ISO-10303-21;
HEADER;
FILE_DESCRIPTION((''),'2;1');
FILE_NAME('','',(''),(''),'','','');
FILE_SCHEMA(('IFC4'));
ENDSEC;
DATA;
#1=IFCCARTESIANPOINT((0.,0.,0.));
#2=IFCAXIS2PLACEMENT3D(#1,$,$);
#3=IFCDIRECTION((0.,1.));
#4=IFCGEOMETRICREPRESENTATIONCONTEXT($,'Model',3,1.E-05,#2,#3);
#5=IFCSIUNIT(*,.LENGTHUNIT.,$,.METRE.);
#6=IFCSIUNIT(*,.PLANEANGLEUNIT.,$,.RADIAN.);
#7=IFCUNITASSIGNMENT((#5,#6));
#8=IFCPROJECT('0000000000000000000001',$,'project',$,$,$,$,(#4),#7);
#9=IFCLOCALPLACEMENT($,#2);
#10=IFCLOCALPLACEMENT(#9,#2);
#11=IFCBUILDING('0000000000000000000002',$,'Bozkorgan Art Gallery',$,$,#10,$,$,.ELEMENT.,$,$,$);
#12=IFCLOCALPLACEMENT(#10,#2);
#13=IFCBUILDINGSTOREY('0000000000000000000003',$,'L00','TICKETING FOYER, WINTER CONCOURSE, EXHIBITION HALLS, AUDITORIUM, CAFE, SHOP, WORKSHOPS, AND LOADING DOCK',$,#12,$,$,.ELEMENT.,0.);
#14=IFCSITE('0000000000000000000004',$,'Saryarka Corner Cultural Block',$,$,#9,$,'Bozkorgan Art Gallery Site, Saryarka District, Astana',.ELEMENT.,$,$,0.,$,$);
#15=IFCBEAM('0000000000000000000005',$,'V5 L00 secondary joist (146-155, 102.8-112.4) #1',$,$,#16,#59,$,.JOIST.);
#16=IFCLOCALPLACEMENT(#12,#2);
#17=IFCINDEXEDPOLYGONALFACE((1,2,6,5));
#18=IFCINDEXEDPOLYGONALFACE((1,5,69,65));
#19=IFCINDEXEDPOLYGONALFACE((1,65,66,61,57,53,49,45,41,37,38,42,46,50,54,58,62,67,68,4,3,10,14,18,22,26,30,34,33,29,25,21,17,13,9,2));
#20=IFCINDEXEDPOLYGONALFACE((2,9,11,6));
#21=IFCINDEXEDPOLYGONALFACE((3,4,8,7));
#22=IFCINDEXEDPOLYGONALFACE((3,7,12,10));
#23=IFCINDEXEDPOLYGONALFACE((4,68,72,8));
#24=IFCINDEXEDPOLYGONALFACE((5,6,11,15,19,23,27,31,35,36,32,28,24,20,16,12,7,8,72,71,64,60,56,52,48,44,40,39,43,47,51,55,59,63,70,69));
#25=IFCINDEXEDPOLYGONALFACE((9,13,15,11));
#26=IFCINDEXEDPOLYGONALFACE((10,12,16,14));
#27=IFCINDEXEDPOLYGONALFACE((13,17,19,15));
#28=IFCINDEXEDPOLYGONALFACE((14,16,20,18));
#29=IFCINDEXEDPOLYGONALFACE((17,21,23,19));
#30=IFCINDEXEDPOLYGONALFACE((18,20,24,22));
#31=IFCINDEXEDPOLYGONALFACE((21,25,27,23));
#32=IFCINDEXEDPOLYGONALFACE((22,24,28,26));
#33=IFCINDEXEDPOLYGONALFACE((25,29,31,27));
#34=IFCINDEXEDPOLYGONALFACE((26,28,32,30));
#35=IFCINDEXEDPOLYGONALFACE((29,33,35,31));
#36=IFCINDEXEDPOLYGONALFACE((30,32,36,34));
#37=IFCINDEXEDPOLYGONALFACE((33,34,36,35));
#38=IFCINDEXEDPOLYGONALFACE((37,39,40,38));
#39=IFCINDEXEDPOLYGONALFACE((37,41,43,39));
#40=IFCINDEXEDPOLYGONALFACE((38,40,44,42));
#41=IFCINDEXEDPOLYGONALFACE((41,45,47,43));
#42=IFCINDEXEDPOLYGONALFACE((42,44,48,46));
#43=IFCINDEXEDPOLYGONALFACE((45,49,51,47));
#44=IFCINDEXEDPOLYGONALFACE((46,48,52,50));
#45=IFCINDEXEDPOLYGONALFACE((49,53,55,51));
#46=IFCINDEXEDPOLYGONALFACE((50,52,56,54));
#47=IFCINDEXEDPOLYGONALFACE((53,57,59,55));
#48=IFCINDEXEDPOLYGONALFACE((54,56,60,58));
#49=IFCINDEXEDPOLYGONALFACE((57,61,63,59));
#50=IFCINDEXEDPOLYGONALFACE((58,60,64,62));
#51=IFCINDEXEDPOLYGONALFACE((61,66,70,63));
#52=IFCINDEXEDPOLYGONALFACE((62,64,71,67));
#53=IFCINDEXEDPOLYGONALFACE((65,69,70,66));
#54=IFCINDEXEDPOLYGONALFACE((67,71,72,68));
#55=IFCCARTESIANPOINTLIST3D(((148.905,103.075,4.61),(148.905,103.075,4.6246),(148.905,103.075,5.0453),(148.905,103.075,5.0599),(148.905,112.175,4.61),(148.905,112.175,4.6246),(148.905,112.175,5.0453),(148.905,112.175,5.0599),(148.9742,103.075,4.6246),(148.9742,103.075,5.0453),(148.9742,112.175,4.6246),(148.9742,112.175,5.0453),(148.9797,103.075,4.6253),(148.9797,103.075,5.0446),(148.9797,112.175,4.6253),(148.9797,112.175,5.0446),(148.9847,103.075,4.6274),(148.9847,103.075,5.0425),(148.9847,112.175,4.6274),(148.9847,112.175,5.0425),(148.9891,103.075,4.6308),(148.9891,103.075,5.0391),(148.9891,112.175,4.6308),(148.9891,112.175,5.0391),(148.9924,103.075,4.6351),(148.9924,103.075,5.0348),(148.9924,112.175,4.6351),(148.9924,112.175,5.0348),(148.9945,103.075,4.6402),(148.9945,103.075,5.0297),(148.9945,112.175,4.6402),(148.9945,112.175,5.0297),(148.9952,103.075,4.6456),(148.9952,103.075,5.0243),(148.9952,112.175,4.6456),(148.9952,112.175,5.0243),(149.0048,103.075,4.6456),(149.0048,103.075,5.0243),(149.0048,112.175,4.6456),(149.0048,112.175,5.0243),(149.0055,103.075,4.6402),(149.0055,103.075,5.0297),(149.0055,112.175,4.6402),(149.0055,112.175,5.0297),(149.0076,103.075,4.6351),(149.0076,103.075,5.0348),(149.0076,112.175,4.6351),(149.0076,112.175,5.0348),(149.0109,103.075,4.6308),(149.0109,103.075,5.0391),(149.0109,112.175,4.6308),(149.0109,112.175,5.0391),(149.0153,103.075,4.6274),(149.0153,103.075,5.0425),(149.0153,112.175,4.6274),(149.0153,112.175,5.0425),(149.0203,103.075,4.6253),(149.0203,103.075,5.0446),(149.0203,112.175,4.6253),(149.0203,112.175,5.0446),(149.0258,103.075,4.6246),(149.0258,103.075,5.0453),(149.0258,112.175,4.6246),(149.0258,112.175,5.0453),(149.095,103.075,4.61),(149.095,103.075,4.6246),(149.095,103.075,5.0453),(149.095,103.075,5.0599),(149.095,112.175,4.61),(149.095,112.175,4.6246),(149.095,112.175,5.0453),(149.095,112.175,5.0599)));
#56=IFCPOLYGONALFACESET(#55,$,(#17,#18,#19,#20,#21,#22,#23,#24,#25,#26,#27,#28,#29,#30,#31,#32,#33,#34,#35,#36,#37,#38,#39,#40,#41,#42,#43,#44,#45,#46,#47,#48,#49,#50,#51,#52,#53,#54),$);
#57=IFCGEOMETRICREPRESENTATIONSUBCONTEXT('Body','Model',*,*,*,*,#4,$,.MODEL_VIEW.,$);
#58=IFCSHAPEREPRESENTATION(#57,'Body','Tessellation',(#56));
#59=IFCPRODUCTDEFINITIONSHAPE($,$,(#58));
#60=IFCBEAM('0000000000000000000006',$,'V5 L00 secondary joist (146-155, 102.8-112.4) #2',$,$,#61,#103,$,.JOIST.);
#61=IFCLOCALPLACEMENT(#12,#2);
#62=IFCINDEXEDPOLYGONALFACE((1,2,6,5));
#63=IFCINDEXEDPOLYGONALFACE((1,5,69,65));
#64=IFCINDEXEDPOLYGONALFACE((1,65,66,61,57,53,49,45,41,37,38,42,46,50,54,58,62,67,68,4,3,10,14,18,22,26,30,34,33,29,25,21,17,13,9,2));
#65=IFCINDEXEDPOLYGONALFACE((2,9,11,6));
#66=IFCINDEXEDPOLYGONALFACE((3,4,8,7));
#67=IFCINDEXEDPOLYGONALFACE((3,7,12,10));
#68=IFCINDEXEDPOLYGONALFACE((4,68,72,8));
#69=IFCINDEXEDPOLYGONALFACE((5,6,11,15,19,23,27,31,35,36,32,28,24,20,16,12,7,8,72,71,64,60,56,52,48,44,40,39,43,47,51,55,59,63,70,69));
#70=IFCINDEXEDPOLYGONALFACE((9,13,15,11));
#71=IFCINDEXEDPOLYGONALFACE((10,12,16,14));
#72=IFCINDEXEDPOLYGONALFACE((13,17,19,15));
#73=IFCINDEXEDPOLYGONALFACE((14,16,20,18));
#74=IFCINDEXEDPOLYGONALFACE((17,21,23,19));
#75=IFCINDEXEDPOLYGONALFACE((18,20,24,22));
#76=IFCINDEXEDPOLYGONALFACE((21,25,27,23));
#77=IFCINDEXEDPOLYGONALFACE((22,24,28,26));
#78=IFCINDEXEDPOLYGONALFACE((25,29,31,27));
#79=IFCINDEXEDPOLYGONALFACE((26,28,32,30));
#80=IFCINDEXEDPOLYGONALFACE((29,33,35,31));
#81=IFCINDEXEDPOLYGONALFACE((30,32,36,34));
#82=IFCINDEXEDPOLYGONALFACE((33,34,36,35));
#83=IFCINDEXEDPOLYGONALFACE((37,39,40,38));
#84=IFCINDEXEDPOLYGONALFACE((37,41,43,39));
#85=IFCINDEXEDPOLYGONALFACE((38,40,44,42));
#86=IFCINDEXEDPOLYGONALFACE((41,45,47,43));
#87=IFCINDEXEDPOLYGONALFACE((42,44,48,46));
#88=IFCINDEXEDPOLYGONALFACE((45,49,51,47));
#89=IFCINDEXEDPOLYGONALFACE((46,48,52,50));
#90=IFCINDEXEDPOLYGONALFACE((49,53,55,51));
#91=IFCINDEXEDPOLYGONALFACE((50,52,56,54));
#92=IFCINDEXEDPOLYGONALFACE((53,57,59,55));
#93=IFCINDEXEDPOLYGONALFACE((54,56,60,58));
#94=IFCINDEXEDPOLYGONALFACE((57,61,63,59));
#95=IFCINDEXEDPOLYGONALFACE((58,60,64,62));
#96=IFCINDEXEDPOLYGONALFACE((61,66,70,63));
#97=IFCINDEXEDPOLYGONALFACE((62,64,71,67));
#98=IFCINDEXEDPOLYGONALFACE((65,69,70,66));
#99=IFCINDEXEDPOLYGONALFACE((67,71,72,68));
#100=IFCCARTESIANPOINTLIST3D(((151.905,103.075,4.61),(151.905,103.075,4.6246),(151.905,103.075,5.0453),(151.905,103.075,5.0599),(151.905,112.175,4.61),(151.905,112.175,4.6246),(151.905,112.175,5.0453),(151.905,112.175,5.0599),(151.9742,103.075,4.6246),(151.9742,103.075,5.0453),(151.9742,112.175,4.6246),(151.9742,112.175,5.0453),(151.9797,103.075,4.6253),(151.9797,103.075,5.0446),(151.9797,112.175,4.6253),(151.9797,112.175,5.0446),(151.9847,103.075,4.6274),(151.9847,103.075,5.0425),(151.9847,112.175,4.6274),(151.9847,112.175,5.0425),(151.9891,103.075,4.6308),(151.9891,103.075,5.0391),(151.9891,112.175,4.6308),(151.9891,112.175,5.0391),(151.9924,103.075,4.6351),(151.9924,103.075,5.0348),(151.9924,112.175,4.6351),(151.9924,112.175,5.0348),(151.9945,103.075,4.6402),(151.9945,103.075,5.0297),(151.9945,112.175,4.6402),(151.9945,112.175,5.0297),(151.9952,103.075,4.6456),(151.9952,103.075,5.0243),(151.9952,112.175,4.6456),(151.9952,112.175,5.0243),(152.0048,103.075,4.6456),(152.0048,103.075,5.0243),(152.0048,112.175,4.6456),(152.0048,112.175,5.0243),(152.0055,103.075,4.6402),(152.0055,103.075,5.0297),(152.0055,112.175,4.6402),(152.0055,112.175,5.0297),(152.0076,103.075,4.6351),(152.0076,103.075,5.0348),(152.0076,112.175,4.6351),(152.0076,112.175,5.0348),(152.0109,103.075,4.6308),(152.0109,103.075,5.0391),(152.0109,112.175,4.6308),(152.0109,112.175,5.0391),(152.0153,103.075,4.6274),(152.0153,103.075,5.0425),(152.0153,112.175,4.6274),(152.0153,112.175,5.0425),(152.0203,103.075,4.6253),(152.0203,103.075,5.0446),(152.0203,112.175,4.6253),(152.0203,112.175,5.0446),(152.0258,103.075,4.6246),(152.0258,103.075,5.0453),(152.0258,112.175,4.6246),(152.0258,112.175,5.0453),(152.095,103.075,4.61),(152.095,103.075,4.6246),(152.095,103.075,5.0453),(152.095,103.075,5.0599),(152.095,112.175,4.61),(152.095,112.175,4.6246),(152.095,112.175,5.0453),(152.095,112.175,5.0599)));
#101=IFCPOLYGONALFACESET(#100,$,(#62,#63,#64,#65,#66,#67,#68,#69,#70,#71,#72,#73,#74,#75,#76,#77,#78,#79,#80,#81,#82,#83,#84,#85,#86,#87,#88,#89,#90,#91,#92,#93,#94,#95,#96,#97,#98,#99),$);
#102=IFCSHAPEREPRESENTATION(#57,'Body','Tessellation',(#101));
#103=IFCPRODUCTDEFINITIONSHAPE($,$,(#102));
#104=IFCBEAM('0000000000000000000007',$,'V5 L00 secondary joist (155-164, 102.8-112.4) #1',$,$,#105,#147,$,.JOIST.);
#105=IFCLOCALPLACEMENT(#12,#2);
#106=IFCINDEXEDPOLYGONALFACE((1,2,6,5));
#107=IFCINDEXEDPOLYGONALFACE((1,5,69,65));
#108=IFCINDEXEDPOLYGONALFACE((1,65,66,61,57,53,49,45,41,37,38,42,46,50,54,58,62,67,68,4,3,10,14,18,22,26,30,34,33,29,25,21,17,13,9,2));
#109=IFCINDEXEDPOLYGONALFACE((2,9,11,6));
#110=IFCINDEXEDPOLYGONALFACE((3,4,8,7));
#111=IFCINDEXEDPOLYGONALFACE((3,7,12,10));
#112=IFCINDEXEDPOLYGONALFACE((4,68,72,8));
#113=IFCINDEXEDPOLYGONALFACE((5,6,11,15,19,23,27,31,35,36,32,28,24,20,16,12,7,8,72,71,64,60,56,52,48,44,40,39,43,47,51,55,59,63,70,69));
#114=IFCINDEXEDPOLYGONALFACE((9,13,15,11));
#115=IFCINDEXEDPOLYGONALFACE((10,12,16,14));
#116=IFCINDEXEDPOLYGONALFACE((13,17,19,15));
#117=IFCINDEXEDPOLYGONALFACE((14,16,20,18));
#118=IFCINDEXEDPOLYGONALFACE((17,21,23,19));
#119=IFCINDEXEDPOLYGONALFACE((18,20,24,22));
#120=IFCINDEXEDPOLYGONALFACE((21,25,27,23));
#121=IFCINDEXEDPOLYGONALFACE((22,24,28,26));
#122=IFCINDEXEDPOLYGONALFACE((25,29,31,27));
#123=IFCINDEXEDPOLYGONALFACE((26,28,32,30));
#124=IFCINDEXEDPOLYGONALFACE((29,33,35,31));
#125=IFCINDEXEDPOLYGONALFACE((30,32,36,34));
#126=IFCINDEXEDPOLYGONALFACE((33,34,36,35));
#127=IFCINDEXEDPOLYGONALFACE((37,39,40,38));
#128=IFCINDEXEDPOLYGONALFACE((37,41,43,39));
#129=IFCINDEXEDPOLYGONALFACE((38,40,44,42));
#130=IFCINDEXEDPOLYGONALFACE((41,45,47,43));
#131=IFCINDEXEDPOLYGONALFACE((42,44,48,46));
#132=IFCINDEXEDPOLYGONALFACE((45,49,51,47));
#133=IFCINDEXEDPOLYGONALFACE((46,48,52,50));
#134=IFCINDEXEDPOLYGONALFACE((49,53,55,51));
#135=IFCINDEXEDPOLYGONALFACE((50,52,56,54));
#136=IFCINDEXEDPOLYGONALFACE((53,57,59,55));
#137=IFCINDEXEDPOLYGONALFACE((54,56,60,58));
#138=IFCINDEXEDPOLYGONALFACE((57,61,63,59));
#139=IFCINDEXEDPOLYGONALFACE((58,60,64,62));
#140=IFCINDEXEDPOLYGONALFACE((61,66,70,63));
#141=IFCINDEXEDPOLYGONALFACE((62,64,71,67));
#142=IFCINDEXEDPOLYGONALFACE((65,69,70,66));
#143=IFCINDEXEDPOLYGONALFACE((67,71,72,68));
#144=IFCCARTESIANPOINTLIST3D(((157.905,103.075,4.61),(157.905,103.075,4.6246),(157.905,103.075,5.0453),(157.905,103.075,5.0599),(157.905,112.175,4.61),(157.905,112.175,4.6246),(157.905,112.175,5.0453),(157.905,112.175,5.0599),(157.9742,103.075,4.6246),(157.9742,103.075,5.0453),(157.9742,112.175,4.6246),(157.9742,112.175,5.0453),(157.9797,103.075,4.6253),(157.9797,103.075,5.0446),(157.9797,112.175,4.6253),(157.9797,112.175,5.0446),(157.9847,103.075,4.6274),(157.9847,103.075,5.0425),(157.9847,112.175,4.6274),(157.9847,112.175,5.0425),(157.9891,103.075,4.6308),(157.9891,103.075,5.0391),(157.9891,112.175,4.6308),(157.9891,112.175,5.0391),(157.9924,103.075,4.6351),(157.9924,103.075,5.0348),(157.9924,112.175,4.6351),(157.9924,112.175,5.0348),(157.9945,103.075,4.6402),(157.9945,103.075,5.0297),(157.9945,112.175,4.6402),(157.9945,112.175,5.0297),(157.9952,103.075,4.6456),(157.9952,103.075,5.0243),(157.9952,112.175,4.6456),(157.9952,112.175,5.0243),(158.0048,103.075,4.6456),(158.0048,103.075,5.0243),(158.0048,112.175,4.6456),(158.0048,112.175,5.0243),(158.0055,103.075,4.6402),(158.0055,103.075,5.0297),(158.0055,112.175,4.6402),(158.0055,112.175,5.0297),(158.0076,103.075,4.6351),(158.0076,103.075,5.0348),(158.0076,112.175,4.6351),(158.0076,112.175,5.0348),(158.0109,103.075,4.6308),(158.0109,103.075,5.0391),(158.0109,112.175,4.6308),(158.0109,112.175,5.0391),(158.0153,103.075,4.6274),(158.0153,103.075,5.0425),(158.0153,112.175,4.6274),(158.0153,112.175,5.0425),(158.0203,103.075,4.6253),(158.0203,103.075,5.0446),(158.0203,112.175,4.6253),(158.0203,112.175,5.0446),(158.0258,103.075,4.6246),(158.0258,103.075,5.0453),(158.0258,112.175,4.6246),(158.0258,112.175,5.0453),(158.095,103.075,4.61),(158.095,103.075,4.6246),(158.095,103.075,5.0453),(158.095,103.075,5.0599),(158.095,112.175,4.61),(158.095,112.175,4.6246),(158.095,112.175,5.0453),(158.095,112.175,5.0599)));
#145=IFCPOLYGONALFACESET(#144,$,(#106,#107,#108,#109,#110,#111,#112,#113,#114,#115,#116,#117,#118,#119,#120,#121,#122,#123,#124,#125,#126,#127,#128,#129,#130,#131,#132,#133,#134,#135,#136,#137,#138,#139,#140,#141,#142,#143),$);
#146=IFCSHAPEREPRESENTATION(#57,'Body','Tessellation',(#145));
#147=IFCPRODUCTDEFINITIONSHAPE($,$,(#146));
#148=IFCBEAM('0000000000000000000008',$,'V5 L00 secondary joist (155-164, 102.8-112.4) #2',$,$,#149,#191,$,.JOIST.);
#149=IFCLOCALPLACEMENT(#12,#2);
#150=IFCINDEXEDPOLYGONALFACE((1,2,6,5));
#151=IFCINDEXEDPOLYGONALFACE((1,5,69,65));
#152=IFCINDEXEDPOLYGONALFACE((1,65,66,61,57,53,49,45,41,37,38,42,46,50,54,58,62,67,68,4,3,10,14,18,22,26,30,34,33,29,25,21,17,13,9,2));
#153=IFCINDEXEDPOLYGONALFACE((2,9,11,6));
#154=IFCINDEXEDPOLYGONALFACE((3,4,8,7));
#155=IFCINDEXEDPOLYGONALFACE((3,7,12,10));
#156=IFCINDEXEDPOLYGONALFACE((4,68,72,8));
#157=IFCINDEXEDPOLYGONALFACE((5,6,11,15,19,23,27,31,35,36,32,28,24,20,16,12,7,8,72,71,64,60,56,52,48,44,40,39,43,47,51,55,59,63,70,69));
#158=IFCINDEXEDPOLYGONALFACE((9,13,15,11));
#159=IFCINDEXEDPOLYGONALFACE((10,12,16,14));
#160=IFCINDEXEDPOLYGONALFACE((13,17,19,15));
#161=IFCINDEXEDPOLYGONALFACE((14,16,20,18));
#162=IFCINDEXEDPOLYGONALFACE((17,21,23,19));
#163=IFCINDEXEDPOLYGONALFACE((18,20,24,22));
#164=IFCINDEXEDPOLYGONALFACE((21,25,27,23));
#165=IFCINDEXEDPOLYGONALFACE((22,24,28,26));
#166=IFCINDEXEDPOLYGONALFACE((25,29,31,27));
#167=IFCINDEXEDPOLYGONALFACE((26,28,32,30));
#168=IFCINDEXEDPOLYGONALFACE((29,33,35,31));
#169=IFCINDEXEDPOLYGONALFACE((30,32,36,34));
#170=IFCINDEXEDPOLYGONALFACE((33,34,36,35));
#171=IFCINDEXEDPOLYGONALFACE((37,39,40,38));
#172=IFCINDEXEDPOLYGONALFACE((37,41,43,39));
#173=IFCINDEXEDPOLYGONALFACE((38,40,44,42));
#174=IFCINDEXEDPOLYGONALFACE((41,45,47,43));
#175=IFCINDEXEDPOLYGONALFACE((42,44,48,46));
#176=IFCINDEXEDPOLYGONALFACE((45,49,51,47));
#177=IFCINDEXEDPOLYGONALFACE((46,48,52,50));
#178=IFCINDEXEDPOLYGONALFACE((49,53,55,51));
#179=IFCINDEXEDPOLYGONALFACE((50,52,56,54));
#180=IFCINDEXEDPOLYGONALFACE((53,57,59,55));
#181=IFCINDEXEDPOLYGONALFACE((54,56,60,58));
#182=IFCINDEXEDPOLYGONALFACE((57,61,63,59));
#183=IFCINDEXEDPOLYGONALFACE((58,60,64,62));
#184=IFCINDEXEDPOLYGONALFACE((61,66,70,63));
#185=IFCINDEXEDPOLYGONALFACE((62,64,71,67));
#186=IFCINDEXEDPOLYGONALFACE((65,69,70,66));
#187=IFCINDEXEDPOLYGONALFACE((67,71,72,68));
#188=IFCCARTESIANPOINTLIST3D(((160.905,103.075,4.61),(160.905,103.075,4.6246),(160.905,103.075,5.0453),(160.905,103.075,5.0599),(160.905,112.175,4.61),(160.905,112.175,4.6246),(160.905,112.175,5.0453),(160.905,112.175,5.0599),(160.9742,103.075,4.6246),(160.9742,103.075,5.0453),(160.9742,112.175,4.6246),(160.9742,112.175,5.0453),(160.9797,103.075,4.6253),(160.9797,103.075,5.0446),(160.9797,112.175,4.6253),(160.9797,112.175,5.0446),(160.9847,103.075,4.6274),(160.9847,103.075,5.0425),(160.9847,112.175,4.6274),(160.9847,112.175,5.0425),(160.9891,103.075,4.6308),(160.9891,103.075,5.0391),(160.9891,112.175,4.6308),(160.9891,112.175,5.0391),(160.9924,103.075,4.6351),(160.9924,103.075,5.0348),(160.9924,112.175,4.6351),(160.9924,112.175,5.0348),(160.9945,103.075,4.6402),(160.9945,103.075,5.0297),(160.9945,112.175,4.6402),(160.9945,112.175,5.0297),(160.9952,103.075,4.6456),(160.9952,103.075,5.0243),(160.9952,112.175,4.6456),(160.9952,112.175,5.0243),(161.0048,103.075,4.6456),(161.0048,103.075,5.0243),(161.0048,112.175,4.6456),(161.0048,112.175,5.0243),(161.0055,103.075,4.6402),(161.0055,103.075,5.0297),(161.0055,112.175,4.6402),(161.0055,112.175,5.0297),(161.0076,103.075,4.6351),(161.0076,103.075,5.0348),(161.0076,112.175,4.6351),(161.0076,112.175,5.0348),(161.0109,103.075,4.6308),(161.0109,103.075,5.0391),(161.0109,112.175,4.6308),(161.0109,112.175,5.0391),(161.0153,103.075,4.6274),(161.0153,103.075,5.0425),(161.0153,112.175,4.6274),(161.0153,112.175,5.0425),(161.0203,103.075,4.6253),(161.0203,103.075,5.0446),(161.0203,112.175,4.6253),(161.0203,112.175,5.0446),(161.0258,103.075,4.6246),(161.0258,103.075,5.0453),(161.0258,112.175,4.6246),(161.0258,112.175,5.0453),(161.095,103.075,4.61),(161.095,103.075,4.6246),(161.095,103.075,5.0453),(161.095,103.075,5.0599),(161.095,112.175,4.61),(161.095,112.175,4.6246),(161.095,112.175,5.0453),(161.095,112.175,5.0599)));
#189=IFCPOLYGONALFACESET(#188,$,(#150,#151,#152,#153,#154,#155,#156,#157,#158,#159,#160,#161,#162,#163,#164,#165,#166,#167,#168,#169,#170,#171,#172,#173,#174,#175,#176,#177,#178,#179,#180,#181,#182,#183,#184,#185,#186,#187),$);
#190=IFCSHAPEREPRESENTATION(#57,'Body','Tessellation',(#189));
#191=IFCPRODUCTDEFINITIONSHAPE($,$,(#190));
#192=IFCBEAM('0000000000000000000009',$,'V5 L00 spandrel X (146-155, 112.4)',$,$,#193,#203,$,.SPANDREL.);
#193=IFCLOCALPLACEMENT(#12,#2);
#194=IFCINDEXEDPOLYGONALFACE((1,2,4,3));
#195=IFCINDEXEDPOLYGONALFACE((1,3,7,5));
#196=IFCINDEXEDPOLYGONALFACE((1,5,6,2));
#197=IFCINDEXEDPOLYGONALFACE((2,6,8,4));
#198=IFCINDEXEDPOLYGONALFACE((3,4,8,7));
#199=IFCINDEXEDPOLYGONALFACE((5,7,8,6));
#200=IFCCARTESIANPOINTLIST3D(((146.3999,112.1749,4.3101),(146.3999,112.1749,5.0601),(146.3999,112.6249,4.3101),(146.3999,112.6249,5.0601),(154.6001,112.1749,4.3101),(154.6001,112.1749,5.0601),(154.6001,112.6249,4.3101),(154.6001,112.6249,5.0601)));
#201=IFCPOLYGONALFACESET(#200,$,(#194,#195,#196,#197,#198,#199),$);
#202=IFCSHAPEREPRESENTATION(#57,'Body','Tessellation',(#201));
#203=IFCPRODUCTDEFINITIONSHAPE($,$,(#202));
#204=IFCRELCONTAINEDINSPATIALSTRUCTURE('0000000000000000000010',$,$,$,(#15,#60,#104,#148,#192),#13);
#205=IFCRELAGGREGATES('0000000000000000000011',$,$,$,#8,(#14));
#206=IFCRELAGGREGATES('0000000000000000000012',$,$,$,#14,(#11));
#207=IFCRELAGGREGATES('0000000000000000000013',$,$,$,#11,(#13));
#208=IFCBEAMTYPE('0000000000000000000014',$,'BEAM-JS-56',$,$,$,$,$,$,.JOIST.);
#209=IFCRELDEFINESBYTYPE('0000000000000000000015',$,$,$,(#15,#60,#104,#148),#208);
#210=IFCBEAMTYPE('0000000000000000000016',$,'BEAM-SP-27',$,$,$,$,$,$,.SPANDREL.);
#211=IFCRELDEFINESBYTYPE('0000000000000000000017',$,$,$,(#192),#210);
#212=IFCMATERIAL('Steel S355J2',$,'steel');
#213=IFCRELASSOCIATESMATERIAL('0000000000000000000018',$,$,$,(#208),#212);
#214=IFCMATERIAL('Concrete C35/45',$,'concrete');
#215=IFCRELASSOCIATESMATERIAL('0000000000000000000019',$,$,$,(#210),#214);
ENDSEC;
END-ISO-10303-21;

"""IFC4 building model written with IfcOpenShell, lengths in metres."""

from ifc_helpers import new_model, si_unit, direction, frame, origin, origin_2d, place, context, subcontext, project, spatial, rectangle, i_section, extrude, material, material_profile, profile_set, type_object, element, save


model = new_model("IFC4")

# Units and contexts
model_context = context("Model", 3, precision=1e-05, world=origin(), true_north=direction((0.0, 1.0)))
body_context = subcontext(model_context, "Body", "Model", "MODEL_VIEW")
ifc_project = project(units=[si_unit("LENGTHUNIT", "METRE"), si_unit("PLANEANGLEUNIT", "RADIAN")], contexts=[model_context])

# Site, building, storey
site_placement = place(None, origin())
site = spatial("IfcSite", under=ifc_project, at=site_placement, Name="Saryarka Corner Cultural Block", LongName="Bozkorgan Art Gallery Site, Saryarka District, Astana", CompositionType="ELEMENT", RefElevation=0.0)
building_placement = place(site_placement, origin())
building = spatial("IfcBuilding", under=site, at=building_placement, Name="Bozkorgan Art Gallery", CompositionType="ELEMENT")
storey_placement = place(building_placement, origin())
storey = spatial("IfcBuildingStorey", under=building, at=storey_placement, Name="L00", Description="TICKETING FOYER, WINTER CONCOURSE, EXHIBITION HALLS, AUDITORIUM, CAFE, SHOP, WORKSHOPS, AND LOADING DOCK", CompositionType="ELEMENT", Elevation=0.0)

# Beams
ifc_material_1 = material(Name="Concrete C35/45", Category="concrete")
ifc_material_2 = material(Name="Steel S355J2", Category="steel")
ifc_material_profile_1 = material_profile(ifc_material_2, i_section(OverallWidth=0.1899, OverallDepth=0.45, WebThickness=0.0095, FlangeThickness=0.0146, FilletRadius=0.021, at=origin_2d()), Name="IPE 450")
ifc_profile_set_1 = profile_set([ifc_material_profile_1], Name="Steel S355J2")
beam_type_1 = type_object("IfcBeamType", Name="BEAM-JS-56", PredefinedType="JOIST", material=ifc_profile_set_1)
for number, where, z_axis, x_axis, name in (
    (1, (149.0, 103.075, 4.835), (0.0, 1.0, 0.0), (-1.0, 0.0, 0.0), "V5 L00 secondary joist (146-155, 102.8-112.4) #1"),
    (2, (152.0, 103.075, 4.835), (0.0, 1.0, 0.0), (-1.0, 0.0, 0.0), "V5 L00 secondary joist (146-155, 102.8-112.4) #2"),
    (3, (158.0, 103.075, 4.835), (0.0, 1.0, 0.0), (-1.0, 0.0, 0.0), "V5 L00 secondary joist (155-164, 102.8-112.4) #1"),
    (4, (161.0, 103.075, 4.835), (0.0, 1.0, 0.0), (-1.0, 0.0, 0.0), "V5 L00 secondary joist (155-164, 102.8-112.4) #2"),
):
    element("IfcBeam", number, at=place(storey_placement, frame(where, z_axis=z_axis, x_axis=x_axis)), inside=storey, type_object=beam_type_1, Name=name, PredefinedType="JOIST", context=body_context, shape_type="SweptSolid", body=[
        extrude(i_section(OverallWidth=0.1899, OverallDepth=0.45, WebThickness=0.0095, FlangeThickness=0.0146, FilletRadius=0.021, at=origin_2d()), origin(), (0.0, 0.0, 1.0), 9.1001),
    ])
ifc_material_profile_2 = material_profile(ifc_material_1, rectangle(XDim=0.45, YDim=0.75, at=origin_2d()), Name="RC 450x750")
ifc_profile_set_2 = profile_set([ifc_material_profile_2], Name="Concrete C35/45")
beam_type_2 = type_object("IfcBeamType", Name="BEAM-SP-27", PredefinedType="SPANDREL", material=ifc_profile_set_2)
for number, where, z_axis, x_axis, name in (
    (5, (146.3999, 112.3999, 4.6851), (1.0, 0.0, 0.0), (0.0, 1.0, 0.0), "V5 L00 spandrel X (146-155, 112.4)"),
):
    element("IfcBeam", number, at=place(storey_placement, frame(where, z_axis=z_axis, x_axis=x_axis)), inside=storey, type_object=beam_type_2, Name=name, PredefinedType="SPANDREL", context=body_context, shape_type="SweptSolid", body=[
        extrude(rectangle(XDim=0.45, YDim=0.75, at=origin_2d()), origin(), (0.0, 0.0, 1.0), 8.2002),
    ])

save(model, "model.ifc")
